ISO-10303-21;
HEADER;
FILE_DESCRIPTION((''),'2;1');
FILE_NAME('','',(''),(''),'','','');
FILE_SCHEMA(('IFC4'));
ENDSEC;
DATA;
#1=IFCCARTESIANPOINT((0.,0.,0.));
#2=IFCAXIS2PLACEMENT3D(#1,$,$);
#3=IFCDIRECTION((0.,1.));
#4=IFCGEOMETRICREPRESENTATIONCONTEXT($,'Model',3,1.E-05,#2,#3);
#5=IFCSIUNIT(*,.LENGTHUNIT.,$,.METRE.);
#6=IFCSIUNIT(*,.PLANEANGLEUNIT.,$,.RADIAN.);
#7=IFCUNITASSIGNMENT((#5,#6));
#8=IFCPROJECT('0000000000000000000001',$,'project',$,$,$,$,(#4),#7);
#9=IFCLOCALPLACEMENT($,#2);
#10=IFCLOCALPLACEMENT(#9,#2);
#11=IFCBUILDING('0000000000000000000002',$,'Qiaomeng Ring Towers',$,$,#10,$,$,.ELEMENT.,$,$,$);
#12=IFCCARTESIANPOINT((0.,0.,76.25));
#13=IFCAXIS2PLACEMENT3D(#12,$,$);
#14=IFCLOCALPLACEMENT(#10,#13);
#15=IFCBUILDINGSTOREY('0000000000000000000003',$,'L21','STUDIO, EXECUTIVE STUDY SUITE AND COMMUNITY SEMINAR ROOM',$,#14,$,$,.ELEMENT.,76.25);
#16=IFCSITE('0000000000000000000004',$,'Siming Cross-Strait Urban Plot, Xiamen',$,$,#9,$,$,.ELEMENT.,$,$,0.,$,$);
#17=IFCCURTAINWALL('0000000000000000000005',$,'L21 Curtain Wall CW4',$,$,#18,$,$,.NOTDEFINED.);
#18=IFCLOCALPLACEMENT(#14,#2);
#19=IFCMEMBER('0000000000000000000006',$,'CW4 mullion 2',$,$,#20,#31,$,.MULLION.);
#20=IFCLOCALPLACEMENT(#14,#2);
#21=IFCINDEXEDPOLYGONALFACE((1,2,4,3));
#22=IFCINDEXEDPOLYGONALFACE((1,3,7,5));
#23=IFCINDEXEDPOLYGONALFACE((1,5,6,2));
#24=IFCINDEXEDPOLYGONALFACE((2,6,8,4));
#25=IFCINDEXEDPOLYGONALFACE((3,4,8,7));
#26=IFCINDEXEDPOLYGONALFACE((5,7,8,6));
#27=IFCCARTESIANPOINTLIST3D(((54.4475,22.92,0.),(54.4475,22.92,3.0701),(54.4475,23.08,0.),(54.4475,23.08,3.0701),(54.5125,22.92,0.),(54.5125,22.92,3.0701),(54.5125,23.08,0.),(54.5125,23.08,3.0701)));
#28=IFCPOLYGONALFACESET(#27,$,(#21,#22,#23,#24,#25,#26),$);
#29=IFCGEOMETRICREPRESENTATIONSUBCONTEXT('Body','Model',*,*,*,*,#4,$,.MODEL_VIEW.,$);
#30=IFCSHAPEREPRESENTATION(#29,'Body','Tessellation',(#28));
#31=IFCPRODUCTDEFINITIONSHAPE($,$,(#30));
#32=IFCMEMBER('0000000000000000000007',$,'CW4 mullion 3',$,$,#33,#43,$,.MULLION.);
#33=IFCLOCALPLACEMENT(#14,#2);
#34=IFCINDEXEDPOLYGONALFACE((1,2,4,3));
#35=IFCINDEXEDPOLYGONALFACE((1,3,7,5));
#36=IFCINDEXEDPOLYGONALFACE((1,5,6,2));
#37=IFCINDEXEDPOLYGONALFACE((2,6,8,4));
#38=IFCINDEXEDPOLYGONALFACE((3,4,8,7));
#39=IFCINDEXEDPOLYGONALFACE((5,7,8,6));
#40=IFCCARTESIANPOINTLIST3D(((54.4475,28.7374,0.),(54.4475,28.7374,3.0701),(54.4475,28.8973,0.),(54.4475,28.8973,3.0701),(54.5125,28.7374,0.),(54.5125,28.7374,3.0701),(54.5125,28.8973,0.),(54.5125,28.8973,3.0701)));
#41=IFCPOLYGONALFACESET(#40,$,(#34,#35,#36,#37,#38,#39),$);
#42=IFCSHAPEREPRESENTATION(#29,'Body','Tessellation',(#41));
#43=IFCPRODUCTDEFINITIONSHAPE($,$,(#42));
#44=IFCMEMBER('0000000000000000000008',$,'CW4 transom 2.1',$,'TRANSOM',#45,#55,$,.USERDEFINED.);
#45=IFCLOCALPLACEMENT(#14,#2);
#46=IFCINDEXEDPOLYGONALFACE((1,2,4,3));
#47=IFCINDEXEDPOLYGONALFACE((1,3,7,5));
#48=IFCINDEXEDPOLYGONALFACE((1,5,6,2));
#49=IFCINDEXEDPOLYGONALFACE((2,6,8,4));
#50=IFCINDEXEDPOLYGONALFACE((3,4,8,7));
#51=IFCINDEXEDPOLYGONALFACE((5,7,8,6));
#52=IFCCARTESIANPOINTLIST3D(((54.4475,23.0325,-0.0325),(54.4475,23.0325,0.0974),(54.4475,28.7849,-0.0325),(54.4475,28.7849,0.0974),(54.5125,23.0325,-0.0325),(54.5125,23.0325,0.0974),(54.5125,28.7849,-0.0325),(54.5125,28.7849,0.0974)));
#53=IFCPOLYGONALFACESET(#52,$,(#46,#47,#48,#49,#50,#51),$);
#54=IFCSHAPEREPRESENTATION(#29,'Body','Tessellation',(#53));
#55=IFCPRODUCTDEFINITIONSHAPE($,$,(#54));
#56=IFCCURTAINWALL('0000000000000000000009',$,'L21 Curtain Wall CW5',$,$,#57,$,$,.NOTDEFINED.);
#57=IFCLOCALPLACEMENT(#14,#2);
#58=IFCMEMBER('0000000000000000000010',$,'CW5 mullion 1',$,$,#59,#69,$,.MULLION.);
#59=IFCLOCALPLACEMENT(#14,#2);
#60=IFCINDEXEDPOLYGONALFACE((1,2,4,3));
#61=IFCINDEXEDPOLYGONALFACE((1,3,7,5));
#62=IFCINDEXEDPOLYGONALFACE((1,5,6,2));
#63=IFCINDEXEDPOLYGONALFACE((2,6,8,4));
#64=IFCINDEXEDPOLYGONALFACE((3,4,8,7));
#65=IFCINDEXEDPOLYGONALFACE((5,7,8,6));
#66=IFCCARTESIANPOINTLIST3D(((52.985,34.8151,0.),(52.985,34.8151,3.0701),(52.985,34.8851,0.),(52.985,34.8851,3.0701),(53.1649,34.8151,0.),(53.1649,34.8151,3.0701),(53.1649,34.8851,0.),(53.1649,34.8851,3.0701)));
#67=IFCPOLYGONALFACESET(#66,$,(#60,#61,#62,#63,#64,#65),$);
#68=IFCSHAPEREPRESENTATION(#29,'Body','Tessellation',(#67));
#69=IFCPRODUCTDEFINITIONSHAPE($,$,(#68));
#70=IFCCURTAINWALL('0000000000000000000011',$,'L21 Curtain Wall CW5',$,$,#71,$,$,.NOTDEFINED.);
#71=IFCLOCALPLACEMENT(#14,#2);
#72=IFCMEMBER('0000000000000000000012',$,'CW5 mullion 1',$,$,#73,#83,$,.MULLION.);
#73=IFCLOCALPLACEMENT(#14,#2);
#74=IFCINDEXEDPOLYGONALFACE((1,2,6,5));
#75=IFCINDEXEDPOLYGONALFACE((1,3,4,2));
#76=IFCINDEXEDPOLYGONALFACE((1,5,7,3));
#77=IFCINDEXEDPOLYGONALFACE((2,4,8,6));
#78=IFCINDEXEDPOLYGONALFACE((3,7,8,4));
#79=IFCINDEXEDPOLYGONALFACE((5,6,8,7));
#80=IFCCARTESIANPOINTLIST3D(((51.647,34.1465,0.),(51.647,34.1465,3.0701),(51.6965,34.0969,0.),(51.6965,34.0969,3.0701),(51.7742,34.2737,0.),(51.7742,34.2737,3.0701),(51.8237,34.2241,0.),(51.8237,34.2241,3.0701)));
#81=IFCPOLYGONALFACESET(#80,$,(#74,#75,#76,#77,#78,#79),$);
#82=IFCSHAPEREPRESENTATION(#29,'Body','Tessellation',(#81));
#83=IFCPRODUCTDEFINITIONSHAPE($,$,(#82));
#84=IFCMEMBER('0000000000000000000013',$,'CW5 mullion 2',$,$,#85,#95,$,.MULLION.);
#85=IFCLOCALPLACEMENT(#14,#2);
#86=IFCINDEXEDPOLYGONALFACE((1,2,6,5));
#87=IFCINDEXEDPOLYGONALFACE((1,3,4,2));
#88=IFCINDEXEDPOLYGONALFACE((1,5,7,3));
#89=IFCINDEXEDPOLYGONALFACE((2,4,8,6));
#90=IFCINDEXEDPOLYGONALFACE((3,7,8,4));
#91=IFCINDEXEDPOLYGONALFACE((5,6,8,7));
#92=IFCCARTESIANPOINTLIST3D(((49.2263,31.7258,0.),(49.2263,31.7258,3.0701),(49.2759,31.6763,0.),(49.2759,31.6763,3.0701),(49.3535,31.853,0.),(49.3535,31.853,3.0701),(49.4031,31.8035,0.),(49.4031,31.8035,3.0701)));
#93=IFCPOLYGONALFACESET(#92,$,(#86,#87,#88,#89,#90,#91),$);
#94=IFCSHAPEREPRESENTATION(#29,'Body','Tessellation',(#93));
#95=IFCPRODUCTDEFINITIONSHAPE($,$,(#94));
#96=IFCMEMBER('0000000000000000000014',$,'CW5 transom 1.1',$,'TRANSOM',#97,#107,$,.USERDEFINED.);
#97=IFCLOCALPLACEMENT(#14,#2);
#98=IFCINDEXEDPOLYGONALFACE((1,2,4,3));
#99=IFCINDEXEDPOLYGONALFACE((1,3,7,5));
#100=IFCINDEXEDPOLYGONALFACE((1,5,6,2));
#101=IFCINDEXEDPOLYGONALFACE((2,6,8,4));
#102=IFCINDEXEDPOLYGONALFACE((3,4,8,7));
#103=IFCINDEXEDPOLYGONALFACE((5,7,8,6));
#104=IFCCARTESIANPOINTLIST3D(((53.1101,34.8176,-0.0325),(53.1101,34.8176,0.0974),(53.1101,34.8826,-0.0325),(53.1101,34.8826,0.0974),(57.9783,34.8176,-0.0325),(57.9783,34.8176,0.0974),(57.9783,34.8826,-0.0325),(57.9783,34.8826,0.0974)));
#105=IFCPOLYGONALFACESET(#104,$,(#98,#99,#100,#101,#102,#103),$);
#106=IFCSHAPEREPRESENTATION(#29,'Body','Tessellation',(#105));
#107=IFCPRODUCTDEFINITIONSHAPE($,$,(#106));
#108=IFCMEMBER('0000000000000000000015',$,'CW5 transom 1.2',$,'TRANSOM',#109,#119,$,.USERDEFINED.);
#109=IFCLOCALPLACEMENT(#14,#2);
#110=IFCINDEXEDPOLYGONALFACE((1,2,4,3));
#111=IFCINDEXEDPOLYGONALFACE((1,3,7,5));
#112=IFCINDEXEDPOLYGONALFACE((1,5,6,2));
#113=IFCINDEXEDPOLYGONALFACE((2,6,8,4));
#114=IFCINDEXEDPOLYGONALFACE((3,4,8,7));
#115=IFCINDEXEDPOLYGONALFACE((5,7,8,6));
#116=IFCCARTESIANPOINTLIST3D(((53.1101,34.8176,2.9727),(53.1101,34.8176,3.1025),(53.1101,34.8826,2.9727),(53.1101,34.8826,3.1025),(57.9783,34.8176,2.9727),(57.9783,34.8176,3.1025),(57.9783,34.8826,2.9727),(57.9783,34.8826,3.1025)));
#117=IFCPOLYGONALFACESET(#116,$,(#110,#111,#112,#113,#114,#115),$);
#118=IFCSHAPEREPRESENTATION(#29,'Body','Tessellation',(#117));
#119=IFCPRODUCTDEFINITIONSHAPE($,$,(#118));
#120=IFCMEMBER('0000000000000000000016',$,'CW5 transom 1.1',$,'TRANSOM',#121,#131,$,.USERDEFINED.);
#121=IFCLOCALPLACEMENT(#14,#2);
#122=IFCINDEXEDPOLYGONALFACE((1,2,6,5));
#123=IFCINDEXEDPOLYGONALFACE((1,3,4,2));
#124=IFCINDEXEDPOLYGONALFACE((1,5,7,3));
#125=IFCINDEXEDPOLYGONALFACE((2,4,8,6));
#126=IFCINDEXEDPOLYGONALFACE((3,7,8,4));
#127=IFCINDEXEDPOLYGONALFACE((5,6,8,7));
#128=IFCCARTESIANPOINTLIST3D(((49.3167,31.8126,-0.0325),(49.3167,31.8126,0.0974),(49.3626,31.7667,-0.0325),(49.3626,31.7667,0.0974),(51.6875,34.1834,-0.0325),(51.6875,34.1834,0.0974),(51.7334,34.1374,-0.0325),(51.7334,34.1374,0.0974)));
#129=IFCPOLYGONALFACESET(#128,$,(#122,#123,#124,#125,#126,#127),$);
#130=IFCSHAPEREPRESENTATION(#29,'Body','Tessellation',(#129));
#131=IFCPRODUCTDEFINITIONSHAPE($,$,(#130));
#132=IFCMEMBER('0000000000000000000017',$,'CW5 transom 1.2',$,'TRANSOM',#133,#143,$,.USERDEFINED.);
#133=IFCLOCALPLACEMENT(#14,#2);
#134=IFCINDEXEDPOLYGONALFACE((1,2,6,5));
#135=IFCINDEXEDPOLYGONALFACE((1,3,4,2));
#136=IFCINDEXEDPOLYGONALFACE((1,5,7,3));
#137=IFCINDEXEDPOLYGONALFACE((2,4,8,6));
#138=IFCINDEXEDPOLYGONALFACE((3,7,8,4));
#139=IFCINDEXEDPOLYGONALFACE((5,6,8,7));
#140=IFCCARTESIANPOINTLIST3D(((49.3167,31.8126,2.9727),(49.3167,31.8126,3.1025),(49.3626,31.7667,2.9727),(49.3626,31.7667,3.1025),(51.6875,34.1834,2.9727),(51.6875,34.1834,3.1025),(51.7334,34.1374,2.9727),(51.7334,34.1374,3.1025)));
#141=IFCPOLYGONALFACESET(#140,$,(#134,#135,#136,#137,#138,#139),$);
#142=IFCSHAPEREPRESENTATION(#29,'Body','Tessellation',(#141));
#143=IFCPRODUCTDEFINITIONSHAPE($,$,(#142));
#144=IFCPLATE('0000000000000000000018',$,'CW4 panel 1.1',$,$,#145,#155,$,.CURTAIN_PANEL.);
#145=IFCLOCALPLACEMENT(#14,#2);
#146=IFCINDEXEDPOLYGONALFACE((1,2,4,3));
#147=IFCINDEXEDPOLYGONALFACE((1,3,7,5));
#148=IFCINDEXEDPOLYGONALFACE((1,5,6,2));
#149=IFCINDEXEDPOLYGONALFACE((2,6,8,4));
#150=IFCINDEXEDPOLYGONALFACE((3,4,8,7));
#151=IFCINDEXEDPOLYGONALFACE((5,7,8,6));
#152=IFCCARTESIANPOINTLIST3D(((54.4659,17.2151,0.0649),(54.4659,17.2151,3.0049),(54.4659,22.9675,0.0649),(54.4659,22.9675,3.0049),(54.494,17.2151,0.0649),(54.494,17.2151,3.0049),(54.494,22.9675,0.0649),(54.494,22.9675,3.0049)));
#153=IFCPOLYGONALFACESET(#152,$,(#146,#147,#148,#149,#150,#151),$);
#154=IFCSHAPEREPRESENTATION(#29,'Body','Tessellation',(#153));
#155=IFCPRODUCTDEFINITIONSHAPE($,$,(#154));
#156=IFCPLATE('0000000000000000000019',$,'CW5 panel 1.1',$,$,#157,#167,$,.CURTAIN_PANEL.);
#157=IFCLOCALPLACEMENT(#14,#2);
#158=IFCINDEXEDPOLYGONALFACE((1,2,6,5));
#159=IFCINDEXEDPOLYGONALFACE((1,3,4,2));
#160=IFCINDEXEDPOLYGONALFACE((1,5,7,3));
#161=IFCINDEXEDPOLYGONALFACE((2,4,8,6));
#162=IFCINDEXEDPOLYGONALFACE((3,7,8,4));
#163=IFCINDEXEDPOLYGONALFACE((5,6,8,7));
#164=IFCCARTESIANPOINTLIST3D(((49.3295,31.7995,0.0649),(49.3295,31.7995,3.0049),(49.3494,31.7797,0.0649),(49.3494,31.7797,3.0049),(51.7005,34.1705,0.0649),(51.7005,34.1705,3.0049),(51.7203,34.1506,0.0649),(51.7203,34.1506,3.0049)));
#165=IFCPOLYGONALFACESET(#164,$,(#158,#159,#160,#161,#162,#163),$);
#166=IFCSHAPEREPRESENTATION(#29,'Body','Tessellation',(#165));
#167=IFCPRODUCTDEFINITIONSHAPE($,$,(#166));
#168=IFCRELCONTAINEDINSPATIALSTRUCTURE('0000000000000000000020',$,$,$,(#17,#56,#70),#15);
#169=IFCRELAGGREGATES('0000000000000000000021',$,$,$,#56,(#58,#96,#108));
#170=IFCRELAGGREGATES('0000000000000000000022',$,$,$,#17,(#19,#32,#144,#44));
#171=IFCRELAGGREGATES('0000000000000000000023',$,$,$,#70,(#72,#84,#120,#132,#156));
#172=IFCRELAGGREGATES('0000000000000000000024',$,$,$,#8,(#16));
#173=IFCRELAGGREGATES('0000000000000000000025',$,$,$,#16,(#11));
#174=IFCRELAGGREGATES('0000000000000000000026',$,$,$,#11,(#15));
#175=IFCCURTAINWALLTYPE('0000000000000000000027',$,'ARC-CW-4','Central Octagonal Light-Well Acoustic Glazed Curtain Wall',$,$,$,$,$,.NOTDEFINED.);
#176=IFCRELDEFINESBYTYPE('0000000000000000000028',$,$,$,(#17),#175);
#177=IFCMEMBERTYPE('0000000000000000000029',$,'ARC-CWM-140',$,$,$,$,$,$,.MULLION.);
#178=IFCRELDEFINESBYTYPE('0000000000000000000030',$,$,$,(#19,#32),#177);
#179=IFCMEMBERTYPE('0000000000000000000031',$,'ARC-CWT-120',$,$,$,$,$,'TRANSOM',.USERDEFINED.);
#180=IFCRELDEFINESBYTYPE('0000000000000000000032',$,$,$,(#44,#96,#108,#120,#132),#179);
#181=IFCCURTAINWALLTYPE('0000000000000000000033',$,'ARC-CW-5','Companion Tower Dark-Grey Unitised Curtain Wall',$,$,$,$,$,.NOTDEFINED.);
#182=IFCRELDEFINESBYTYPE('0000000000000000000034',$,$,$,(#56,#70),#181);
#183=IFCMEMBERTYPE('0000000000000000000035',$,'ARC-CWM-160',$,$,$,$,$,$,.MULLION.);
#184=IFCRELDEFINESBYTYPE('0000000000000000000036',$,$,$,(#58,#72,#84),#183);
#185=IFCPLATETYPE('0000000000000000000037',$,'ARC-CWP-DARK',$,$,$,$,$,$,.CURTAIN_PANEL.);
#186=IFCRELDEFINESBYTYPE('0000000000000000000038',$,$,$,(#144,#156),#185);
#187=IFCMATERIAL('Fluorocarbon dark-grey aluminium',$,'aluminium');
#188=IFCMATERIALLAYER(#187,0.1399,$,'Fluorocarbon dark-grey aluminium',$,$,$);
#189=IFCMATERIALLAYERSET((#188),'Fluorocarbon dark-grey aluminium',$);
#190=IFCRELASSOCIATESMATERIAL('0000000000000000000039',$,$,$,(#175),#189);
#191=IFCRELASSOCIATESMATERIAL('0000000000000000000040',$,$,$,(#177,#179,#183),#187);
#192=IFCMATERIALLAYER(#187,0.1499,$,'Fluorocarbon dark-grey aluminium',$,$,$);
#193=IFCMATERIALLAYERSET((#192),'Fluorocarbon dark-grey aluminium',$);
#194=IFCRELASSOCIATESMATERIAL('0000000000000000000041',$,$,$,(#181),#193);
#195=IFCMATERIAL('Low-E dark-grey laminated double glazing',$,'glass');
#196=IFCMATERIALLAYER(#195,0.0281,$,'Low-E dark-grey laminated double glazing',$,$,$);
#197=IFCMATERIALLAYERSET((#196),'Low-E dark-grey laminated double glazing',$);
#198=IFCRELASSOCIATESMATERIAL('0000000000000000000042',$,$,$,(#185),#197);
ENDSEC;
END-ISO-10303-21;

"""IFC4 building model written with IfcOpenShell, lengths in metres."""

from ifc_helpers import new_model, si_unit, direction, frame, origin, origin_2d, place, context, subcontext, project, spatial, rectangle, extrude, source, transform, mapped, material, layer, layer_set, material_profile, profile_set, type_object, element, aggregate, save


model = new_model("IFC4")

# Units and contexts
model_context = context("Model", 3, precision=1e-05, world=origin(), true_north=direction((0.0, 1.0)))
body_context = subcontext(model_context, "Body", "Model", "MODEL_VIEW")
ifc_project = project(units=[si_unit("LENGTHUNIT", "METRE"), si_unit("PLANEANGLEUNIT", "RADIAN")], contexts=[model_context])

# Site, building, storey
site_placement = place(None, origin())
site = spatial("IfcSite", under=ifc_project, at=site_placement, Name="Siming Cross-Strait Urban Plot, Xiamen", CompositionType="ELEMENT", RefElevation=0.0)
building_placement = place(site_placement, origin())
building = spatial("IfcBuilding", under=site, at=building_placement, Name="Qiaomeng Ring Towers", CompositionType="ELEMENT")
storey_placement = place(building_placement, frame((0.0, 0.0, 76.25)))
storey = spatial("IfcBuildingStorey", under=building, at=storey_placement, Name="L21", Description="STUDIO, EXECUTIVE STUDY SUITE AND COMMUNITY SEMINAR ROOM", CompositionType="ELEMENT", Elevation=76.25)

# Curtain wall, members
ifc_material_1 = material(Name="Fluorocarbon dark-grey aluminium", Category="aluminium")
ifc_layer_1 = layer(ifc_material_1, 0.1399, Name="Fluorocarbon dark-grey aluminium")
ifc_layer_set_1 = layer_set([ifc_layer_1], Name="Fluorocarbon dark-grey aluminium")
curtain_wall_type_1 = type_object("IfcCurtainWallType", Name="ARC-CW-4", Description="Central Octagonal Light-Well Acoustic Glazed Curtain Wall", PredefinedType="NOTDEFINED", material=ifc_layer_set_1)
curtain_wall_1_placement = place(storey_placement, origin())
curtain_wall_1 = element("IfcCurtainWall", 1, at=curtain_wall_1_placement, inside=storey, type_object=curtain_wall_type_1, Name="L21 Curtain Wall CW4", PredefinedType="NOTDEFINED")
ifc_material_profile_1 = material_profile(ifc_material_1, rectangle(XDim=0.0649, YDim=0.1599, at=origin_2d()), Name="ALU MULL 65x160")
ifc_profile_set_1 = profile_set([ifc_material_profile_1], Name="Fluorocarbon dark-grey aluminium")
member_type_1 = type_object("IfcMemberType", Name="ARC-CWM-140", PredefinedType="MULLION", material=ifc_profile_set_1)
shared_shape_1 = source(origin(), body_context, "Body", "SweptSolid", [
    extrude(rectangle(XDim=0.0649, YDim=0.1599, at=origin_2d()), origin(), (0.0, 0.0, 1.0), 3.0701),
])
member_1_placement = place(storey_placement, frame((54.48, 23.0, 0.0), z_axis=(0.0, 0.0, 1.0), x_axis=(-1.0, 0.0, 0.0)))
member_1 = element("IfcMember", 2, at=member_1_placement, type_object=member_type_1, Name="CW4 mullion 2", PredefinedType="MULLION", context=body_context, shape_type="MappedRepresentation", body=[
    mapped(shared_shape_1, transform((0.0, 0.0, 0.0), x_axis=(1.0, 0.0, 0.0), y_axis=(0.0, 1.0, 0.0), z_axis=(0.0, 0.0, 1.0), scale=1.0)),
])
member_2_placement = place(storey_placement, frame((54.48, 28.8174, 0.0), z_axis=(0.0, 0.0, 1.0), x_axis=(-1.0, 0.0, 0.0)))
member_2 = element("IfcMember", 3, at=member_2_placement, type_object=member_type_1, Name="CW4 mullion 3", PredefinedType="MULLION", context=body_context, shape_type="MappedRepresentation", body=[
    mapped(shared_shape_1, transform((0.0, 0.0, 0.0), x_axis=(1.0, 0.0, 0.0), y_axis=(0.0, 1.0, 0.0), z_axis=(0.0, 0.0, 1.0), scale=1.0)),
])
ifc_material_profile_2 = material_profile(ifc_material_1, rectangle(XDim=0.0649, YDim=0.1299, at=origin_2d()), Name="ALU TRAN 65x130")
ifc_profile_set_2 = profile_set([ifc_material_profile_2], Name="Fluorocarbon dark-grey aluminium")
member_type_2 = type_object("IfcMemberType", Name="ARC-CWT-120", ElementType="TRANSOM", PredefinedType="USERDEFINED", material=ifc_profile_set_2)
shared_shape_2 = source(origin(), body_context, "Body", "SweptSolid", [
    extrude(rectangle(XDim=0.0649, YDim=0.1299, at=origin_2d()), origin(), (0.0, 0.0, 1.0), 5.7524),
])
member_3_placement = place(storey_placement, frame((54.48, 23.0325, 0.0325), z_axis=(0.0, 1.0, 0.0), x_axis=(-1.0, 0.0, 0.0)))
member_3 = element("IfcMember", 4, at=member_3_placement, type_object=member_type_2, Name="CW4 transom 2.1", ObjectType="TRANSOM", PredefinedType="USERDEFINED", context=body_context, shape_type="MappedRepresentation", body=[
    mapped(shared_shape_2, transform((0.0, 0.0, 0.0), x_axis=(1.0, 0.0, 0.0), y_axis=(0.0, 1.0, 0.0), z_axis=(0.0, 0.0, 1.0), scale=1.0)),
])

# Curtain wall, member
ifc_layer_2 = layer(ifc_material_1, 0.1499, Name="Fluorocarbon dark-grey aluminium")
ifc_layer_set_2 = layer_set([ifc_layer_2], Name="Fluorocarbon dark-grey aluminium")
curtain_wall_type_2 = type_object("IfcCurtainWallType", Name="ARC-CW-5", Description="Companion Tower Dark-Grey Unitised Curtain Wall", PredefinedType="NOTDEFINED", material=ifc_layer_set_2)
curtain_wall_2_placement = place(storey_placement, origin())
curtain_wall_2 = element("IfcCurtainWall", 5, at=curtain_wall_2_placement, inside=storey, type_object=curtain_wall_type_2, Name="L21 Curtain Wall CW5", PredefinedType="NOTDEFINED")
ifc_material_profile_3 = material_profile(ifc_material_1, rectangle(XDim=0.0701, YDim=0.1799, at=origin_2d()), Name="ALU MULL 70x180")
ifc_profile_set_3 = profile_set([ifc_material_profile_3], Name="Fluorocarbon dark-grey aluminium")
member_type_3 = type_object("IfcMemberType", Name="ARC-CWM-160", PredefinedType="MULLION", material=ifc_profile_set_3)
shared_shape_3 = source(origin(), body_context, "Body", "SweptSolid", [
    extrude(rectangle(XDim=0.0701, YDim=0.1799, at=origin_2d()), origin(), (0.0, 0.0, 1.0), 3.0701),
])
member_4_placement = place(storey_placement, frame((53.075, 34.8501, 0.0), z_axis=(0.0, 0.0, 1.0), x_axis=(0.0, 1.0, 0.0)))
member_4 = element("IfcMember", 6, at=member_4_placement, type_object=member_type_3, Name="CW5 mullion 1", PredefinedType="MULLION", context=body_context, shape_type="MappedRepresentation", body=[
    mapped(shared_shape_3, transform((0.0, 0.0, 0.0), x_axis=(1.0, 0.0, 0.0), y_axis=(0.0, 1.0, 0.0), z_axis=(0.0, 0.0, 1.0), scale=1.0)),
])

# Curtain wall, members
curtain_wall_3_placement = place(storey_placement, origin())
curtain_wall_3 = element("IfcCurtainWall", 7, at=curtain_wall_3_placement, inside=storey, type_object=curtain_wall_type_2, Name="L21 Curtain Wall CW5", PredefinedType="NOTDEFINED")
member_5_placement = place(storey_placement, frame((51.7354, 34.1853, 0.0), z_axis=(0.0, 0.0, 1.0), x_axis=(0.707107, -0.707107, 0.0)))
member_5 = element("IfcMember", 8, at=member_5_placement, type_object=member_type_3, Name="CW5 mullion 1", PredefinedType="MULLION", context=body_context, shape_type="MappedRepresentation", body=[
    mapped(shared_shape_3, transform((0.0, 0.0, 0.0), x_axis=(1.0, 0.0, 0.0), y_axis=(0.0, 1.0, 0.0), z_axis=(0.0, 0.0, 1.0), scale=1.0)),
])
member_6_placement = place(storey_placement, frame((49.3147, 31.7646, 0.0), z_axis=(0.0, 0.0, 1.0), x_axis=(0.707107, -0.707107, 0.0)))
member_6 = element("IfcMember", 9, at=member_6_placement, type_object=member_type_3, Name="CW5 mullion 2", PredefinedType="MULLION", context=body_context, shape_type="MappedRepresentation", body=[
    mapped(shared_shape_3, transform((0.0, 0.0, 0.0), x_axis=(1.0, 0.0, 0.0), y_axis=(0.0, 1.0, 0.0), z_axis=(0.0, 0.0, 1.0), scale=1.0)),
])

# Members
shared_shape_4 = source(origin(), body_context, "Body", "SweptSolid", [
    extrude(rectangle(XDim=0.0649, YDim=0.1299, at=origin_2d()), origin(), (0.0, 0.0, 1.0), 4.8682),
])
member_7_placement = place(storey_placement, frame((53.1101, 34.8501, 0.0325), z_axis=(1.0, 0.0, 0.0), x_axis=(0.0, 1.0, 0.0)))
member_7 = element("IfcMember", 10, at=member_7_placement, type_object=member_type_2, Name="CW5 transom 1.1", ObjectType="TRANSOM", PredefinedType="USERDEFINED", context=body_context, shape_type="MappedRepresentation", body=[
    mapped(shared_shape_4, transform((0.0, 0.0, 0.0), x_axis=(1.0, 0.0, 0.0), y_axis=(0.0, 1.0, 0.0), z_axis=(0.0, 0.0, 1.0), scale=1.0)),
])
member_8_placement = place(storey_placement, frame((53.1101, 34.8501, 3.0376), z_axis=(1.0, 0.0, 0.0), x_axis=(0.0, 1.0, 0.0)))
member_8 = element("IfcMember", 11, at=member_8_placement, type_object=member_type_2, Name="CW5 transom 1.2", ObjectType="TRANSOM", PredefinedType="USERDEFINED", context=body_context, shape_type="MappedRepresentation", body=[
    mapped(shared_shape_4, transform((0.0, 0.0, 0.0), x_axis=(1.0, 0.0, 0.0), y_axis=(0.0, 1.0, 0.0), z_axis=(0.0, 0.0, 1.0), scale=1.0)),
])
aggregate(curtain_wall_2, [member_4, member_7, member_8])
shared_shape_5 = source(origin(), body_context, "Body", "SweptSolid", [
    extrude(rectangle(XDim=0.0649, YDim=0.1299, at=origin_2d()), origin(), (0.0, 0.0, 1.0), 3.3528),
])
member_9_placement = place(storey_placement, frame((51.7104, 34.1604, 0.0325), z_axis=(-0.707107, -0.707107, 0.0), x_axis=(0.707107, -0.707107, 0.0)))
member_9 = element("IfcMember", 12, at=member_9_placement, type_object=member_type_2, Name="CW5 transom 1.1", ObjectType="TRANSOM", PredefinedType="USERDEFINED", context=body_context, shape_type="MappedRepresentation", body=[
    mapped(shared_shape_5, transform((0.0, 0.0, 0.0), x_axis=(1.0, 0.0, 0.0), y_axis=(0.0, 1.0, 0.0), z_axis=(0.0, 0.0, 1.0), scale=1.0)),
])
member_10_placement = place(storey_placement, frame((51.7104, 34.1604, 3.0376), z_axis=(-0.707107, -0.707107, 0.0), x_axis=(0.707107, -0.707107, 0.0)))
member_10 = element("IfcMember", 13, at=member_10_placement, type_object=member_type_2, Name="CW5 transom 1.2", ObjectType="TRANSOM", PredefinedType="USERDEFINED", context=body_context, shape_type="MappedRepresentation", body=[
    mapped(shared_shape_5, transform((0.0, 0.0, 0.0), x_axis=(1.0, 0.0, 0.0), y_axis=(0.0, 1.0, 0.0), z_axis=(0.0, 0.0, 1.0), scale=1.0)),
])

# Plates
ifc_material_2 = material(Name="Low-E dark-grey laminated double glazing", Category="glass")
ifc_layer_3 = layer(ifc_material_2, 0.0281, Name="Low-E dark-grey laminated double glazing")
ifc_layer_set_3 = layer_set([ifc_layer_3], Name="Low-E dark-grey laminated double glazing")
plate_type = type_object("IfcPlateType", Name="ARC-CWP-DARK", PredefinedType="CURTAIN_PANEL", material=ifc_layer_set_3)
shared_shape_6 = source(origin(), body_context, "Body", "SweptSolid", [
    extrude(rectangle(XDim=5.7524, YDim=0.0281, at=origin_2d()), origin(), (0.0, 0.0, 1.0), 2.9399),
])
plate_1_placement = place(storey_placement, frame((54.48, 20.0913, 0.0649), z_axis=(0.0, 0.0, 1.0), x_axis=(0.0, 1.0, 0.0)))
plate_1 = element("IfcPlate", 14, at=plate_1_placement, type_object=plate_type, Name="CW4 panel 1.1", PredefinedType="CURTAIN_PANEL", context=body_context, shape_type="MappedRepresentation", body=[
    mapped(shared_shape_6, transform((0.0, 0.0, 0.0), x_axis=(1.0, 0.0, 0.0), y_axis=(0.0, 1.0, 0.0), z_axis=(0.0, 0.0, 1.0), scale=1.0)),
])
aggregate(curtain_wall_1, [member_1, member_2, plate_1, member_3])
shared_shape_7 = source(origin(), body_context, "Body", "SweptSolid", [
    extrude(rectangle(XDim=3.353, YDim=0.0281, at=origin_2d()), origin(), (0.0, 0.0, 1.0), 2.9399),
])
plate_2_placement = place(storey_placement, frame((50.5249, 32.9751, 0.0649), z_axis=(0.0, 0.0, 1.0), x_axis=(-0.707107, -0.707107, 0.0)))
plate_2 = element("IfcPlate", 15, at=plate_2_placement, type_object=plate_type, Name="CW5 panel 1.1", PredefinedType="CURTAIN_PANEL", context=body_context, shape_type="MappedRepresentation", body=[
    mapped(shared_shape_7, transform((0.0, 0.0, 0.0), x_axis=(1.0, 0.0, 0.0), y_axis=(0.0, 1.0, 0.0), z_axis=(0.0, 0.0, 1.0), scale=1.0)),
])
aggregate(curtain_wall_3, [member_5, member_6, member_9, member_10, plate_2])

save(model, "model.ifc")
